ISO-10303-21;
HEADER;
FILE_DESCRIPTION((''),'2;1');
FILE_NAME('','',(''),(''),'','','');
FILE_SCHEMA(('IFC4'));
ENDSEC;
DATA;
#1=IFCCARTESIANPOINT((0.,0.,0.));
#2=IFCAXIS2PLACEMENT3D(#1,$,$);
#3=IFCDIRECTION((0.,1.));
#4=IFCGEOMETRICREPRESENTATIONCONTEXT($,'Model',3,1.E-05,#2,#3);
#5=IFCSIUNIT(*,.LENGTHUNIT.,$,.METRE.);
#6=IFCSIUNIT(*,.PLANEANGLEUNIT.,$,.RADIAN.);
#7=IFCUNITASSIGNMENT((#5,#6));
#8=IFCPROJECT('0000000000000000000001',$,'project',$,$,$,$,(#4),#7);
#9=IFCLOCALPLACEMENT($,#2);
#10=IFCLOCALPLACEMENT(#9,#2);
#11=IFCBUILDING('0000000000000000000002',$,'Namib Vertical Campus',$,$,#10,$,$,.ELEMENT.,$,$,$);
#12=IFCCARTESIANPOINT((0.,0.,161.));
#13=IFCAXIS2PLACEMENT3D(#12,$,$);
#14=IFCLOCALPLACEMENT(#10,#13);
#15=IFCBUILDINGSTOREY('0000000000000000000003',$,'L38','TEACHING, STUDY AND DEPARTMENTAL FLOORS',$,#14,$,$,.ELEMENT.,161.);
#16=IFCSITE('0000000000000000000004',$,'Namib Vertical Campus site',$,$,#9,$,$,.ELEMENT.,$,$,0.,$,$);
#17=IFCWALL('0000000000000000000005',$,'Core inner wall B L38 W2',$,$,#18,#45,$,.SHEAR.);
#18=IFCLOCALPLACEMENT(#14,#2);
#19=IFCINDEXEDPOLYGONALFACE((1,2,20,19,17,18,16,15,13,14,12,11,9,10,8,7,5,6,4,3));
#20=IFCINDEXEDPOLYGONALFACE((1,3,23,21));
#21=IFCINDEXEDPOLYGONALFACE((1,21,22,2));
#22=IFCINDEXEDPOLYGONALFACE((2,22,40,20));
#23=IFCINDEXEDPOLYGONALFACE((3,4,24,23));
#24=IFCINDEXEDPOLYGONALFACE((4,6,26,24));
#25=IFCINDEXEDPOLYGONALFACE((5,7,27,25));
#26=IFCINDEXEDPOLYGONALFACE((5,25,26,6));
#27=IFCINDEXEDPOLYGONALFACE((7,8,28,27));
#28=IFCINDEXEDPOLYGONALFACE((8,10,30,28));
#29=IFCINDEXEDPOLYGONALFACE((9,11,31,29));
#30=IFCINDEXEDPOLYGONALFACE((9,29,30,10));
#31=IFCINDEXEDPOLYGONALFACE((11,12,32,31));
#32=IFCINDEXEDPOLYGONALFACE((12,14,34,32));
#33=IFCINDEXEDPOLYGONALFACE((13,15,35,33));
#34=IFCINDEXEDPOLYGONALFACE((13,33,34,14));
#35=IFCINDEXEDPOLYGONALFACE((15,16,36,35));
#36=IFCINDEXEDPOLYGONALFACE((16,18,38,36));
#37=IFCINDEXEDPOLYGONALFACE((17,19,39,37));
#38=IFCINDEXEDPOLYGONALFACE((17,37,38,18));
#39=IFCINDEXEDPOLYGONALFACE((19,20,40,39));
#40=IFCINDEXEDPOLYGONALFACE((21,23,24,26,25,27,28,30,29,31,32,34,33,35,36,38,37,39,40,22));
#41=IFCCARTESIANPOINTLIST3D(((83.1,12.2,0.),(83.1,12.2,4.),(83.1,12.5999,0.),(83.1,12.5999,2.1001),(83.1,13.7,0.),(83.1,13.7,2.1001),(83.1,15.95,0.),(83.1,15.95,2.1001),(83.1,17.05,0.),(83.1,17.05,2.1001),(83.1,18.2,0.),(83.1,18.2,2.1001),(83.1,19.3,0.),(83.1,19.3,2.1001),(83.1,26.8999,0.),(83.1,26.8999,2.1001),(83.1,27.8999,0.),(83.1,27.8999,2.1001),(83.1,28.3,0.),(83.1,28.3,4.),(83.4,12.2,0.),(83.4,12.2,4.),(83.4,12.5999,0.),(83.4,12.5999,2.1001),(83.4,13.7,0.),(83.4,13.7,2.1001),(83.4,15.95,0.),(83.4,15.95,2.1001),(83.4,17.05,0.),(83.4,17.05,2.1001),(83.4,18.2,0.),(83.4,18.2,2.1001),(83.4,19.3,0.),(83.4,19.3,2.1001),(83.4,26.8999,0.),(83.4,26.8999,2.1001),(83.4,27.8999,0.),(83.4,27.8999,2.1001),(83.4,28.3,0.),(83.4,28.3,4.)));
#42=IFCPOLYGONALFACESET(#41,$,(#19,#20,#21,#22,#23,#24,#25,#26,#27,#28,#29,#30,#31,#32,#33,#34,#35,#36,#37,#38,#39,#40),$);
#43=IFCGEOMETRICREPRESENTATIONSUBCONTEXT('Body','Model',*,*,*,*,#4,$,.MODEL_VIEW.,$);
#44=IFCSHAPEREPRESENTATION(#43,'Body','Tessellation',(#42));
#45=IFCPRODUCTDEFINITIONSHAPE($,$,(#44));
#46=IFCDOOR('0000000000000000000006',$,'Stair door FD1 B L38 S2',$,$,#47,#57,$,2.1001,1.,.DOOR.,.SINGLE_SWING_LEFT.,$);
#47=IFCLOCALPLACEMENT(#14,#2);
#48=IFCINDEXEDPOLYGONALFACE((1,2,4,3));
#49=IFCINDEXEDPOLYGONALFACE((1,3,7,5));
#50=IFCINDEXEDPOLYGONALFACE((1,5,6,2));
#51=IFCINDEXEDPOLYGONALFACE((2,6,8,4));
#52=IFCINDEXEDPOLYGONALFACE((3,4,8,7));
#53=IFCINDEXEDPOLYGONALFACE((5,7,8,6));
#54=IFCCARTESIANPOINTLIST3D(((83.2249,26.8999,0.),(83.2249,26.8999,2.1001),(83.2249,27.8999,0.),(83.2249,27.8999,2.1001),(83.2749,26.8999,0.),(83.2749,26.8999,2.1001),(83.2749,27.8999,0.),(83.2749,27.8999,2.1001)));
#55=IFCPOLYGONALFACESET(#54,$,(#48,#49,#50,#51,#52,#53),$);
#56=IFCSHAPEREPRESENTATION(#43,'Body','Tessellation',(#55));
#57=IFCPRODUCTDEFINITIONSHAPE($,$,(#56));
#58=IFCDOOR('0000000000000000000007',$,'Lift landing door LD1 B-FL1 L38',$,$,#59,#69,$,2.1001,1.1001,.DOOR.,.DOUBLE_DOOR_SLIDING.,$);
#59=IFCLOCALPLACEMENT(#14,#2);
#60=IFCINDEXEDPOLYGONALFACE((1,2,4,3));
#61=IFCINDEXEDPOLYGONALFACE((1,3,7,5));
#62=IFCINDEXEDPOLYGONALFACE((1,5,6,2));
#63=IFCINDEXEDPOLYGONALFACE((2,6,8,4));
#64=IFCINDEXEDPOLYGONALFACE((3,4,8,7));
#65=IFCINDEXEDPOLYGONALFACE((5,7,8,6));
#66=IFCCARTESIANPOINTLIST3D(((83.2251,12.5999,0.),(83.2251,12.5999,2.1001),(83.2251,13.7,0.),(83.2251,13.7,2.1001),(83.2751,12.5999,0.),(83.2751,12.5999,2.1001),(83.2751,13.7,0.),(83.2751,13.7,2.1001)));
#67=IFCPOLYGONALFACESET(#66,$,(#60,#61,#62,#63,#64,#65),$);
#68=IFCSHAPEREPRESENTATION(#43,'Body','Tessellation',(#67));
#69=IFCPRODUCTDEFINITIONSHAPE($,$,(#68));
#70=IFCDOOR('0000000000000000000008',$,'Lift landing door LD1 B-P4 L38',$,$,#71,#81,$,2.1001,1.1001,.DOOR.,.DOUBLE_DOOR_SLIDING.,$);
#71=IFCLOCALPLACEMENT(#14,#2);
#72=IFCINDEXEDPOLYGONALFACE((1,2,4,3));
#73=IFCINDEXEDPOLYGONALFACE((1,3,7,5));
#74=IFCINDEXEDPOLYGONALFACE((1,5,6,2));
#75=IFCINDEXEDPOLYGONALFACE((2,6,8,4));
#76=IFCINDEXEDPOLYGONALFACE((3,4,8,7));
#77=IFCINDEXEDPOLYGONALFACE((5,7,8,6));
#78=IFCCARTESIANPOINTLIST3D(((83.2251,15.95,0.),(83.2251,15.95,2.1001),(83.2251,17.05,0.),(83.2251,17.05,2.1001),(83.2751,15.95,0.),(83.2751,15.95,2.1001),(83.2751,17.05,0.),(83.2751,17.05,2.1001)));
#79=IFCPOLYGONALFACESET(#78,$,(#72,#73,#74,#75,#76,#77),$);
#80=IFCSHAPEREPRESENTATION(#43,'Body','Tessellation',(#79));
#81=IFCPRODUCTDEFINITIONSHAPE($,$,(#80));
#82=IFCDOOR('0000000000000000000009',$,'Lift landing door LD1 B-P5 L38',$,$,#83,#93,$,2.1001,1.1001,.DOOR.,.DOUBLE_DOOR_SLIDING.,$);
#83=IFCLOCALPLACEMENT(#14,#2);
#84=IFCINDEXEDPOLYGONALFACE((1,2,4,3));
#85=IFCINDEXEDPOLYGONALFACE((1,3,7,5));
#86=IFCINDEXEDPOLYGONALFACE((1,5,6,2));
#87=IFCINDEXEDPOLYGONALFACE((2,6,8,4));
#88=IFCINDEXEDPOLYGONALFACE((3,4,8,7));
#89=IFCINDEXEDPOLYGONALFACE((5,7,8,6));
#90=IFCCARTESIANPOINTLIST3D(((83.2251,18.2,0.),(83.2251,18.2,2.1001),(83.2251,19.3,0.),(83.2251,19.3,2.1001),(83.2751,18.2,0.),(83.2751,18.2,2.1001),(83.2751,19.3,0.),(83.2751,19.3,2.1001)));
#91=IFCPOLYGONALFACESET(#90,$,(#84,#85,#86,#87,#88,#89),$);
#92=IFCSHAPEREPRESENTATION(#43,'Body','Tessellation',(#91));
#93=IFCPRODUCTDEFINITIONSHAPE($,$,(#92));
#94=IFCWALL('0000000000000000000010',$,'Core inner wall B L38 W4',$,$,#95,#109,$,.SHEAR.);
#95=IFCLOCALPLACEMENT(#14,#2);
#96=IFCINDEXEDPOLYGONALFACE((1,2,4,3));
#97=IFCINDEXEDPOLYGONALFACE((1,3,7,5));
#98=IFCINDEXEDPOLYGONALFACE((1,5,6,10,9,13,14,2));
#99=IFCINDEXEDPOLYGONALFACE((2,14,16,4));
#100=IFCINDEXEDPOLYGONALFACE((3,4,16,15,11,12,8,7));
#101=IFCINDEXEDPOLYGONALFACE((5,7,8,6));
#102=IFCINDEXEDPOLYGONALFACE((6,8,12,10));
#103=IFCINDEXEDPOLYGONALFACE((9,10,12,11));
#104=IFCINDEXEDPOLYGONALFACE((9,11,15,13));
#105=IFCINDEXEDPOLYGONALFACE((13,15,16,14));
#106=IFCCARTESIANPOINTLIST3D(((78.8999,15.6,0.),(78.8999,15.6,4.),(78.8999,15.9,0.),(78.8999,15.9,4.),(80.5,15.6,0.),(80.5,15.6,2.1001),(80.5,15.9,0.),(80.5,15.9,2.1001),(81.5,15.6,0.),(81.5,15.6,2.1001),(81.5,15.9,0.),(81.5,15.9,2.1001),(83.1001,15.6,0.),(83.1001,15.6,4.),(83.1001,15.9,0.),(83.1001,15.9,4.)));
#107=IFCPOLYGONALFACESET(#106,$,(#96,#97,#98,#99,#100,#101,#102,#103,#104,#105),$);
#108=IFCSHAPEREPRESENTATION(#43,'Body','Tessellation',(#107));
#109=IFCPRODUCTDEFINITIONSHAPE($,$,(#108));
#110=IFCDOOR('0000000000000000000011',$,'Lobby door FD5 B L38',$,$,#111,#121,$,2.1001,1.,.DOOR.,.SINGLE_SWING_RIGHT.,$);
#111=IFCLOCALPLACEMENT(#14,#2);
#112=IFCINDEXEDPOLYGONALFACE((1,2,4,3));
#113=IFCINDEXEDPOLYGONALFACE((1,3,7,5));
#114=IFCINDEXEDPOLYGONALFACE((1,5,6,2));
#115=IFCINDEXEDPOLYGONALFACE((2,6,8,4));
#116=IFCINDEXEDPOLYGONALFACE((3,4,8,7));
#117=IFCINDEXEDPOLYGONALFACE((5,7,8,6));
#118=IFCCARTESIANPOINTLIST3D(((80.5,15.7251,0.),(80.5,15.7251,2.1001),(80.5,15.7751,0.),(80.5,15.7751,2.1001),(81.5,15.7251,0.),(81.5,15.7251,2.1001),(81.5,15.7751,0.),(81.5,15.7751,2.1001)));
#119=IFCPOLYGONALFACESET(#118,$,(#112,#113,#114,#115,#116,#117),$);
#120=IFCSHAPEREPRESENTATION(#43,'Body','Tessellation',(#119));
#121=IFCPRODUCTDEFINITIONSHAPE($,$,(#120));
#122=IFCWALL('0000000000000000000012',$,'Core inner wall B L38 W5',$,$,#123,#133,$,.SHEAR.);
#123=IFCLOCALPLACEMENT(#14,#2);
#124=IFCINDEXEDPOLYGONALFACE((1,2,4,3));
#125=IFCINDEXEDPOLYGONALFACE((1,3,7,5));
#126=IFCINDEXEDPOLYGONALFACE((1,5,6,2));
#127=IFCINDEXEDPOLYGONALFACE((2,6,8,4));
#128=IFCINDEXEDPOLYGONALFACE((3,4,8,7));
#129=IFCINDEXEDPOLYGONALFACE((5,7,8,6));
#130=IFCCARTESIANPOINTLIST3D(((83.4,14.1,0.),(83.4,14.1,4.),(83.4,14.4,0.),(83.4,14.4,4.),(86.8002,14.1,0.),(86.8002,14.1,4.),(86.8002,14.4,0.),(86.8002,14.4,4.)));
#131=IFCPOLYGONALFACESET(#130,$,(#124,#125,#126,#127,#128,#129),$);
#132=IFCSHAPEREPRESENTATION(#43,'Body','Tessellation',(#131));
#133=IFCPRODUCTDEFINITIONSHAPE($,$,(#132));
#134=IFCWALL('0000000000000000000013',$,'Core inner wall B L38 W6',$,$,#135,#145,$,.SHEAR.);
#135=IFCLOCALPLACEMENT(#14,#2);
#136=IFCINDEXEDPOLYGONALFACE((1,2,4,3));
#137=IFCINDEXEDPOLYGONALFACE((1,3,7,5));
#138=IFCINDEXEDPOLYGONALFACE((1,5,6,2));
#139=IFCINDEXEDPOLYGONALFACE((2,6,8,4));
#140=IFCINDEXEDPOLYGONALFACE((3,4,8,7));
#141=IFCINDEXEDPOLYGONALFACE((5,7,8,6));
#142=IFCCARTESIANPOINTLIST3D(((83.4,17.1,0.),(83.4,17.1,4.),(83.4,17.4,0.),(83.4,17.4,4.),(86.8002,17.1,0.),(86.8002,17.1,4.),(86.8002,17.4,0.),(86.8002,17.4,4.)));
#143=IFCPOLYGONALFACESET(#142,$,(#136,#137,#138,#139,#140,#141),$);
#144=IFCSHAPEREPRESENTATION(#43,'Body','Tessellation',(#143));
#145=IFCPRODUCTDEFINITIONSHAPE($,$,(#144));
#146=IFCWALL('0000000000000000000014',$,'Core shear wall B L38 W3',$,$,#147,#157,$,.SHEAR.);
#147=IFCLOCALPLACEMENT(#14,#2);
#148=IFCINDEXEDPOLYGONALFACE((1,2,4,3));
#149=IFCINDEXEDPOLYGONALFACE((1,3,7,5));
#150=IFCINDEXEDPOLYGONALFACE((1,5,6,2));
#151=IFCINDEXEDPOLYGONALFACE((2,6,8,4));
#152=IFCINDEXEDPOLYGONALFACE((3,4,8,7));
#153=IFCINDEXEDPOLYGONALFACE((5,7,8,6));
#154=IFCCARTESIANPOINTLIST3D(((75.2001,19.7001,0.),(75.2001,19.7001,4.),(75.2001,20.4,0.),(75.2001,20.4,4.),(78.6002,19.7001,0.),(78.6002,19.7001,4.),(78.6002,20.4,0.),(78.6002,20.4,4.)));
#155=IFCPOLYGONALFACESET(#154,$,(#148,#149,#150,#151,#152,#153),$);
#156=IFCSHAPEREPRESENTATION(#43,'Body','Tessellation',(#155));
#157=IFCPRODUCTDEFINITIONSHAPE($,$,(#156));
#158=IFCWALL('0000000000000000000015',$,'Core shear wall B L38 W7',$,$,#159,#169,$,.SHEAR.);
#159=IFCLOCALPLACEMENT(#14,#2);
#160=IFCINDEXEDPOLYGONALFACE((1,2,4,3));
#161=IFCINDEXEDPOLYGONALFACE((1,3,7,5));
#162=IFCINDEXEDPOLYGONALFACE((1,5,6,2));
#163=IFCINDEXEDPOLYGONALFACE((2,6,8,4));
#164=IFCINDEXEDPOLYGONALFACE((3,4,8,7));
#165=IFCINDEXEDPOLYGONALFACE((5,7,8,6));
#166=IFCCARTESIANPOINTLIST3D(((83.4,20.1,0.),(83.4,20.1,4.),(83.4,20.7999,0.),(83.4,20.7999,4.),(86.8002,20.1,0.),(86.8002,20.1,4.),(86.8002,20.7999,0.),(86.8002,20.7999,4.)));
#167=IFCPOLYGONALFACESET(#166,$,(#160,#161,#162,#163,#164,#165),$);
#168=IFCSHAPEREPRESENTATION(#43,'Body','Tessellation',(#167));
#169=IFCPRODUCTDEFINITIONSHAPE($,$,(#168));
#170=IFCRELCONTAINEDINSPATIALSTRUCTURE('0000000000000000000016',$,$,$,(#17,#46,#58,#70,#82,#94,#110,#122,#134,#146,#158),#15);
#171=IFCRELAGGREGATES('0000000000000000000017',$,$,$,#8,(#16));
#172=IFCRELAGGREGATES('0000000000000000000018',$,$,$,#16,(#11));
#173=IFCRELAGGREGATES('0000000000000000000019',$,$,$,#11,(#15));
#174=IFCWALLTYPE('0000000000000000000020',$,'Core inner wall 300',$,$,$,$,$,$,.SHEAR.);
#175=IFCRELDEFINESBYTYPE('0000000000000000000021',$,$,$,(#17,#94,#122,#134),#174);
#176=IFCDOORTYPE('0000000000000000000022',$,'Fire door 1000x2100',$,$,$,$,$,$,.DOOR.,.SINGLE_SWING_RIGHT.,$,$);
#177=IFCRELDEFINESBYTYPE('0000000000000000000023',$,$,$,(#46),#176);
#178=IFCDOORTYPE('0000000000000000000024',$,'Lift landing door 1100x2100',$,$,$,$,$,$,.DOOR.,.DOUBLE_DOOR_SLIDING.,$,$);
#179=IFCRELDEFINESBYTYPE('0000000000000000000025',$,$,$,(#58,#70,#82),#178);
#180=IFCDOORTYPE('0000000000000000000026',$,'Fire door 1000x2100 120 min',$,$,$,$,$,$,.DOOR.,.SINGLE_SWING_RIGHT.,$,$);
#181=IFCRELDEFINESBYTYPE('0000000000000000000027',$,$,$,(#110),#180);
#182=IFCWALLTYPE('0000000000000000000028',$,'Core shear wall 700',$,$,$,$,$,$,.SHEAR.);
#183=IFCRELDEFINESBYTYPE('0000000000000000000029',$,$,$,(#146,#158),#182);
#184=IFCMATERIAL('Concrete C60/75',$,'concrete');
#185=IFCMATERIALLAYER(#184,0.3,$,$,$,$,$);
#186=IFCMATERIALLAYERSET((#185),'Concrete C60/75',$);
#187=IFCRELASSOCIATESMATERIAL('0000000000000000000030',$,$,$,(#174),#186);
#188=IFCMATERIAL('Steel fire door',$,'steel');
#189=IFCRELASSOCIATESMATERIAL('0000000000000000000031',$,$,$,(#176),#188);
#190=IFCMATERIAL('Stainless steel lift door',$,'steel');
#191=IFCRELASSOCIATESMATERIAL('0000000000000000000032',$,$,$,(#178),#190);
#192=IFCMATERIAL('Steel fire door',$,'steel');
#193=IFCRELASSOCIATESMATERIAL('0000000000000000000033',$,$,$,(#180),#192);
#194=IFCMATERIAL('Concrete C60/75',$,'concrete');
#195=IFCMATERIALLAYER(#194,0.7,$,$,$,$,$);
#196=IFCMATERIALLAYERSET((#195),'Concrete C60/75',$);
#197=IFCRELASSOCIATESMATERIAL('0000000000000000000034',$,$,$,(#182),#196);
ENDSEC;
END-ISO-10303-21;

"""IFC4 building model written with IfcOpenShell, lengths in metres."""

from ifc_helpers import new_model, si_unit, direction, frame, frame_2d, origin, place, context, subcontext, project, spatial, rectangle, extrude, material, layer, layer_set, type_object, element, fill, save


model = new_model("IFC4")

# Units and contexts
model_context = context("Model", 3, precision=1e-05, world=origin(), true_north=direction((0.0, 1.0)))
body_context = subcontext(model_context, "Body", "Model", "MODEL_VIEW")
ifc_project = project(units=[si_unit("LENGTHUNIT", "METRE"), si_unit("PLANEANGLEUNIT", "RADIAN")], contexts=[model_context])

# Site, building, storey
site_placement = place(None, origin())
site = spatial("IfcSite", under=ifc_project, at=site_placement, Name="Namib Vertical Campus site", CompositionType="ELEMENT", RefElevation=0.0)
building_placement = place(site_placement, origin())
building = spatial("IfcBuilding", under=site, at=building_placement, Name="Namib Vertical Campus", CompositionType="ELEMENT")
storey_placement = place(building_placement, frame((0.0, 0.0, 161.0)))
storey = spatial("IfcBuildingStorey", under=building, at=storey_placement, Name="L38", Description="TEACHING, STUDY AND DEPARTMENTAL FLOORS", CompositionType="ELEMENT", Elevation=161.0)

# Wall, openings, doors
ifc_material_1 = material(Name="Concrete C60/75", Category="concrete")
ifc_layer_1 = layer(ifc_material_1, 0.3)
ifc_layer_set_1 = layer_set([ifc_layer_1], Name="Concrete C60/75")
wall_type_1 = type_object("IfcWallType", Name="Core inner wall 300", PredefinedType="SHEAR", material=ifc_layer_set_1)
ifc_material_2 = material(Name="Steel fire door", Category="steel")
door_type_1 = type_object("IfcDoorType", Name="Fire door 1000x2100", OperationType="SINGLE_SWING_RIGHT", PredefinedType="DOOR", material=ifc_material_2)
ifc_material_3 = material(Name="Stainless steel lift door", Category="steel")
door_type_2 = type_object("IfcDoorType", Name="Lift landing door 1100x2100", OperationType="DOUBLE_DOOR_SLIDING", PredefinedType="DOOR", material=ifc_material_3)
wall_1_placement = place(storey_placement, frame((83.25, 12.2, 0.0), z_axis=(0.0, 0.0, 1.0), x_axis=(0.0, 1.0, 0.0)))
wall_1 = element("IfcWall", 1, at=wall_1_placement, inside=storey, type_object=wall_type_1, Name="Core inner wall B L38 W2", PredefinedType="SHEAR", context=body_context, shape_type="SweptSolid", body=[
    extrude(rectangle(XDim=16.1001, YDim=0.3, at=frame_2d((8.05, 0.0))), origin(), (0.0, 0.0, 1.0), 4.0),
])
opening_1_placement = place(wall_1_placement, frame((14.7, 0.0, 0.0)))
opening_1 = element("IfcOpeningElement", 2, at=opening_1_placement, cuts=wall_1, PredefinedType="OPENING", context=body_context, shape_type="SweptSolid", body=[
    extrude(rectangle(XDim=1.0, YDim=2.1001, at=frame_2d((0.5, 1.05))), frame((0.0, 0.1599, 0.0), z_axis=(0.0, -1.0, 0.0), x_axis=(1.0, 0.0, 0.0)), (0.0, 0.0, 1.0), 0.3201),
])
opening_2_placement = place(wall_1_placement, frame((0.3999, 0.0, 0.0)))
opening_2 = element("IfcOpeningElement", 3, at=opening_2_placement, cuts=wall_1, PredefinedType="OPENING", context=body_context, shape_type="SweptSolid", body=[
    extrude(rectangle(XDim=1.1001, YDim=2.1001, at=frame_2d((0.55, 1.05))), frame((0.0, 0.1599, 0.0), z_axis=(0.0, -1.0, 0.0), x_axis=(1.0, 0.0, 0.0)), (0.0, 0.0, 1.0), 0.3201),
])
opening_3_placement = place(wall_1_placement, frame((3.75, 0.0, 0.0)))
opening_3 = element("IfcOpeningElement", 4, at=opening_3_placement, cuts=wall_1, PredefinedType="OPENING", context=body_context, shape_type="SweptSolid", body=[
    extrude(rectangle(XDim=1.1001, YDim=2.1001, at=frame_2d((0.55, 1.05))), frame((0.0, 0.1599, 0.0), z_axis=(0.0, -1.0, 0.0), x_axis=(1.0, 0.0, 0.0)), (0.0, 0.0, 1.0), 0.3201),
])
opening_4_placement = place(wall_1_placement, frame((6.0, 0.0, 0.0)))
opening_4 = element("IfcOpeningElement", 5, at=opening_4_placement, cuts=wall_1, PredefinedType="OPENING", context=body_context, shape_type="SweptSolid", body=[
    extrude(rectangle(XDim=1.1001, YDim=2.1001, at=frame_2d((0.55, 1.05))), frame((0.0, 0.1599, 0.0), z_axis=(0.0, -1.0, 0.0), x_axis=(1.0, 0.0, 0.0)), (0.0, 0.0, 1.0), 0.3201),
])
door_1_placement = place(opening_1_placement, frame((1.0, 0.0, 0.0), z_axis=(0.0, 0.0, 1.0), x_axis=(-1.0, 0.0, 0.0)))
door_1 = element("IfcDoor", 6, at=door_1_placement, inside=storey, type_object=door_type_1, Name="Stair door FD1 B L38 S2", OperationType="SINGLE_SWING_LEFT", OverallHeight=2.1001, OverallWidth=1.0, PredefinedType="DOOR", context=body_context, shape_type="SweptSolid", body=[
    extrude(rectangle(XDim=1.0, YDim=2.1001, at=frame_2d((0.5, 1.05))), frame((0.0, 0.0249, 0.0), z_axis=(0.0, -1.0, 0.0), x_axis=(1.0, 0.0, 0.0)), (0.0, 0.0, 1.0), 0.05),
])
fill(opening_1, door_1)
door_2_placement = place(opening_2_placement, origin())
door_2 = element("IfcDoor", 7, at=door_2_placement, inside=storey, type_object=door_type_2, Name="Lift landing door LD1 B-FL1 L38", OperationType="DOUBLE_DOOR_SLIDING", OverallHeight=2.1001, OverallWidth=1.1001, PredefinedType="DOOR", context=body_context, shape_type="SweptSolid", body=[
    extrude(rectangle(XDim=1.1001, YDim=2.1001, at=frame_2d((0.55, 1.05))), frame((0.0, 0.0249, 0.0), z_axis=(0.0, -1.0, 0.0), x_axis=(1.0, 0.0, 0.0)), (0.0, 0.0, 1.0), 0.05),
])
fill(opening_2, door_2)
door_3_placement = place(opening_3_placement, origin())
door_3 = element("IfcDoor", 8, at=door_3_placement, inside=storey, type_object=door_type_2, Name="Lift landing door LD1 B-P4 L38", OperationType="DOUBLE_DOOR_SLIDING", OverallHeight=2.1001, OverallWidth=1.1001, PredefinedType="DOOR", context=body_context, shape_type="SweptSolid", body=[
    extrude(rectangle(XDim=1.1001, YDim=2.1001, at=frame_2d((0.55, 1.05))), frame((0.0, 0.0249, 0.0), z_axis=(0.0, -1.0, 0.0), x_axis=(1.0, 0.0, 0.0)), (0.0, 0.0, 1.0), 0.05),
])
fill(opening_3, door_3)
door_4_placement = place(opening_4_placement, origin())
door_4 = element("IfcDoor", 9, at=door_4_placement, inside=storey, type_object=door_type_2, Name="Lift landing door LD1 B-P5 L38", OperationType="DOUBLE_DOOR_SLIDING", OverallHeight=2.1001, OverallWidth=1.1001, PredefinedType="DOOR", context=body_context, shape_type="SweptSolid", body=[
    extrude(rectangle(XDim=1.1001, YDim=2.1001, at=frame_2d((0.55, 1.05))), frame((0.0, 0.0249, 0.0), z_axis=(0.0, -1.0, 0.0), x_axis=(1.0, 0.0, 0.0)), (0.0, 0.0, 1.0), 0.05),
])
fill(opening_4, door_4)

# Wall, opening, door
wall_2_placement = place(storey_placement, frame((78.8999, 15.75, 0.0), z_axis=(0.0, 0.0, 1.0), x_axis=(1.0, 0.0, 0.0)))
wall_2 = element("IfcWall", 10, at=wall_2_placement, inside=storey, type_object=wall_type_1, Name="Core inner wall B L38 W4", PredefinedType="SHEAR", context=body_context, shape_type="SweptSolid", body=[
    extrude(rectangle(XDim=4.2002, YDim=0.3, at=frame_2d((2.1001, 0.0))), origin(), (0.0, 0.0, 1.0), 4.0),
])
opening_5_placement = place(wall_2_placement, frame((1.6001, 0.0, 0.0)))
opening_5 = element("IfcOpeningElement", 11, at=opening_5_placement, cuts=wall_2, PredefinedType="OPENING", context=body_context, shape_type="SweptSolid", body=[
    extrude(rectangle(XDim=1.0, YDim=2.1001, at=frame_2d((0.5, 1.05))), frame((0.0, 0.1599, 0.0), z_axis=(0.0, -1.0, 0.0), x_axis=(1.0, 0.0, 0.0)), (0.0, 0.0, 1.0), 0.3201),
])
ifc_material_4 = material(Name="Steel fire door", Category="steel")
door_type_3 = type_object("IfcDoorType", Name="Fire door 1000x2100 120 min", OperationType="SINGLE_SWING_RIGHT", PredefinedType="DOOR", material=ifc_material_4)
door_5_placement = place(opening_5_placement, frame((1.0, 0.0, 0.0), z_axis=(0.0, 0.0, 1.0), x_axis=(-1.0, 0.0, 0.0)))
door_5 = element("IfcDoor", 12, at=door_5_placement, inside=storey, type_object=door_type_3, Name="Lobby door FD5 B L38", OperationType="SINGLE_SWING_RIGHT", OverallHeight=2.1001, OverallWidth=1.0, PredefinedType="DOOR", context=body_context, shape_type="SweptSolid", body=[
    extrude(rectangle(XDim=1.0, YDim=2.1001, at=frame_2d((0.5, 1.05))), frame((0.0, 0.0249, 0.0), z_axis=(0.0, -1.0, 0.0), x_axis=(1.0, 0.0, 0.0)), (0.0, 0.0, 1.0), 0.05),
])
fill(opening_5, door_5)

# Walls
for number, where, z_axis, x_axis, name in (
    (13, (83.3999, 14.25, 0.0), (0.0, 0.0, 1.0), (1.0, 0.0, 0.0), "Core inner wall B L38 W5"),
    (14, (83.3999, 17.25, 0.0), (0.0, 0.0, 1.0), (1.0, 0.0, 0.0), "Core inner wall B L38 W6"),
):
    element("IfcWall", number, at=place(storey_placement, frame(where, z_axis=z_axis, x_axis=x_axis)), inside=storey, type_object=wall_type_1, Name=name, PredefinedType="SHEAR", context=body_context, shape_type="SweptSolid", body=[
        extrude(rectangle(XDim=3.4001, YDim=0.3, at=frame_2d((1.7002, 0.0))), origin(), (0.0, 0.0, 1.0), 4.0),
    ])
ifc_material_5 = material(Name="Concrete C60/75", Category="concrete")
ifc_layer_2 = layer(ifc_material_5, 0.7)
ifc_layer_set_2 = layer_set([ifc_layer_2], Name="Concrete C60/75")
wall_type_2 = type_object("IfcWallType", Name="Core shear wall 700", PredefinedType="SHEAR", material=ifc_layer_set_2)
for number, where, z_axis, x_axis, name in (
    (15, (75.2, 20.05, 0.0), (0.0, 0.0, 1.0), (1.0, 0.0, 0.0), "Core shear wall B L38 W3"),
    (16, (83.3999, 20.45, 0.0), (0.0, 0.0, 1.0), (1.0, 0.0, 0.0), "Core shear wall B L38 W7"),
):
    element("IfcWall", number, at=place(storey_placement, frame(where, z_axis=z_axis, x_axis=x_axis)), inside=storey, type_object=wall_type_2, Name=name, PredefinedType="SHEAR", context=body_context, shape_type="SweptSolid", body=[
        extrude(rectangle(XDim=3.4001, YDim=0.7, at=frame_2d((1.7002, 0.0))), origin(), (0.0, 0.0, 1.0), 4.0),
    ])

save(model, "model.ifc")
